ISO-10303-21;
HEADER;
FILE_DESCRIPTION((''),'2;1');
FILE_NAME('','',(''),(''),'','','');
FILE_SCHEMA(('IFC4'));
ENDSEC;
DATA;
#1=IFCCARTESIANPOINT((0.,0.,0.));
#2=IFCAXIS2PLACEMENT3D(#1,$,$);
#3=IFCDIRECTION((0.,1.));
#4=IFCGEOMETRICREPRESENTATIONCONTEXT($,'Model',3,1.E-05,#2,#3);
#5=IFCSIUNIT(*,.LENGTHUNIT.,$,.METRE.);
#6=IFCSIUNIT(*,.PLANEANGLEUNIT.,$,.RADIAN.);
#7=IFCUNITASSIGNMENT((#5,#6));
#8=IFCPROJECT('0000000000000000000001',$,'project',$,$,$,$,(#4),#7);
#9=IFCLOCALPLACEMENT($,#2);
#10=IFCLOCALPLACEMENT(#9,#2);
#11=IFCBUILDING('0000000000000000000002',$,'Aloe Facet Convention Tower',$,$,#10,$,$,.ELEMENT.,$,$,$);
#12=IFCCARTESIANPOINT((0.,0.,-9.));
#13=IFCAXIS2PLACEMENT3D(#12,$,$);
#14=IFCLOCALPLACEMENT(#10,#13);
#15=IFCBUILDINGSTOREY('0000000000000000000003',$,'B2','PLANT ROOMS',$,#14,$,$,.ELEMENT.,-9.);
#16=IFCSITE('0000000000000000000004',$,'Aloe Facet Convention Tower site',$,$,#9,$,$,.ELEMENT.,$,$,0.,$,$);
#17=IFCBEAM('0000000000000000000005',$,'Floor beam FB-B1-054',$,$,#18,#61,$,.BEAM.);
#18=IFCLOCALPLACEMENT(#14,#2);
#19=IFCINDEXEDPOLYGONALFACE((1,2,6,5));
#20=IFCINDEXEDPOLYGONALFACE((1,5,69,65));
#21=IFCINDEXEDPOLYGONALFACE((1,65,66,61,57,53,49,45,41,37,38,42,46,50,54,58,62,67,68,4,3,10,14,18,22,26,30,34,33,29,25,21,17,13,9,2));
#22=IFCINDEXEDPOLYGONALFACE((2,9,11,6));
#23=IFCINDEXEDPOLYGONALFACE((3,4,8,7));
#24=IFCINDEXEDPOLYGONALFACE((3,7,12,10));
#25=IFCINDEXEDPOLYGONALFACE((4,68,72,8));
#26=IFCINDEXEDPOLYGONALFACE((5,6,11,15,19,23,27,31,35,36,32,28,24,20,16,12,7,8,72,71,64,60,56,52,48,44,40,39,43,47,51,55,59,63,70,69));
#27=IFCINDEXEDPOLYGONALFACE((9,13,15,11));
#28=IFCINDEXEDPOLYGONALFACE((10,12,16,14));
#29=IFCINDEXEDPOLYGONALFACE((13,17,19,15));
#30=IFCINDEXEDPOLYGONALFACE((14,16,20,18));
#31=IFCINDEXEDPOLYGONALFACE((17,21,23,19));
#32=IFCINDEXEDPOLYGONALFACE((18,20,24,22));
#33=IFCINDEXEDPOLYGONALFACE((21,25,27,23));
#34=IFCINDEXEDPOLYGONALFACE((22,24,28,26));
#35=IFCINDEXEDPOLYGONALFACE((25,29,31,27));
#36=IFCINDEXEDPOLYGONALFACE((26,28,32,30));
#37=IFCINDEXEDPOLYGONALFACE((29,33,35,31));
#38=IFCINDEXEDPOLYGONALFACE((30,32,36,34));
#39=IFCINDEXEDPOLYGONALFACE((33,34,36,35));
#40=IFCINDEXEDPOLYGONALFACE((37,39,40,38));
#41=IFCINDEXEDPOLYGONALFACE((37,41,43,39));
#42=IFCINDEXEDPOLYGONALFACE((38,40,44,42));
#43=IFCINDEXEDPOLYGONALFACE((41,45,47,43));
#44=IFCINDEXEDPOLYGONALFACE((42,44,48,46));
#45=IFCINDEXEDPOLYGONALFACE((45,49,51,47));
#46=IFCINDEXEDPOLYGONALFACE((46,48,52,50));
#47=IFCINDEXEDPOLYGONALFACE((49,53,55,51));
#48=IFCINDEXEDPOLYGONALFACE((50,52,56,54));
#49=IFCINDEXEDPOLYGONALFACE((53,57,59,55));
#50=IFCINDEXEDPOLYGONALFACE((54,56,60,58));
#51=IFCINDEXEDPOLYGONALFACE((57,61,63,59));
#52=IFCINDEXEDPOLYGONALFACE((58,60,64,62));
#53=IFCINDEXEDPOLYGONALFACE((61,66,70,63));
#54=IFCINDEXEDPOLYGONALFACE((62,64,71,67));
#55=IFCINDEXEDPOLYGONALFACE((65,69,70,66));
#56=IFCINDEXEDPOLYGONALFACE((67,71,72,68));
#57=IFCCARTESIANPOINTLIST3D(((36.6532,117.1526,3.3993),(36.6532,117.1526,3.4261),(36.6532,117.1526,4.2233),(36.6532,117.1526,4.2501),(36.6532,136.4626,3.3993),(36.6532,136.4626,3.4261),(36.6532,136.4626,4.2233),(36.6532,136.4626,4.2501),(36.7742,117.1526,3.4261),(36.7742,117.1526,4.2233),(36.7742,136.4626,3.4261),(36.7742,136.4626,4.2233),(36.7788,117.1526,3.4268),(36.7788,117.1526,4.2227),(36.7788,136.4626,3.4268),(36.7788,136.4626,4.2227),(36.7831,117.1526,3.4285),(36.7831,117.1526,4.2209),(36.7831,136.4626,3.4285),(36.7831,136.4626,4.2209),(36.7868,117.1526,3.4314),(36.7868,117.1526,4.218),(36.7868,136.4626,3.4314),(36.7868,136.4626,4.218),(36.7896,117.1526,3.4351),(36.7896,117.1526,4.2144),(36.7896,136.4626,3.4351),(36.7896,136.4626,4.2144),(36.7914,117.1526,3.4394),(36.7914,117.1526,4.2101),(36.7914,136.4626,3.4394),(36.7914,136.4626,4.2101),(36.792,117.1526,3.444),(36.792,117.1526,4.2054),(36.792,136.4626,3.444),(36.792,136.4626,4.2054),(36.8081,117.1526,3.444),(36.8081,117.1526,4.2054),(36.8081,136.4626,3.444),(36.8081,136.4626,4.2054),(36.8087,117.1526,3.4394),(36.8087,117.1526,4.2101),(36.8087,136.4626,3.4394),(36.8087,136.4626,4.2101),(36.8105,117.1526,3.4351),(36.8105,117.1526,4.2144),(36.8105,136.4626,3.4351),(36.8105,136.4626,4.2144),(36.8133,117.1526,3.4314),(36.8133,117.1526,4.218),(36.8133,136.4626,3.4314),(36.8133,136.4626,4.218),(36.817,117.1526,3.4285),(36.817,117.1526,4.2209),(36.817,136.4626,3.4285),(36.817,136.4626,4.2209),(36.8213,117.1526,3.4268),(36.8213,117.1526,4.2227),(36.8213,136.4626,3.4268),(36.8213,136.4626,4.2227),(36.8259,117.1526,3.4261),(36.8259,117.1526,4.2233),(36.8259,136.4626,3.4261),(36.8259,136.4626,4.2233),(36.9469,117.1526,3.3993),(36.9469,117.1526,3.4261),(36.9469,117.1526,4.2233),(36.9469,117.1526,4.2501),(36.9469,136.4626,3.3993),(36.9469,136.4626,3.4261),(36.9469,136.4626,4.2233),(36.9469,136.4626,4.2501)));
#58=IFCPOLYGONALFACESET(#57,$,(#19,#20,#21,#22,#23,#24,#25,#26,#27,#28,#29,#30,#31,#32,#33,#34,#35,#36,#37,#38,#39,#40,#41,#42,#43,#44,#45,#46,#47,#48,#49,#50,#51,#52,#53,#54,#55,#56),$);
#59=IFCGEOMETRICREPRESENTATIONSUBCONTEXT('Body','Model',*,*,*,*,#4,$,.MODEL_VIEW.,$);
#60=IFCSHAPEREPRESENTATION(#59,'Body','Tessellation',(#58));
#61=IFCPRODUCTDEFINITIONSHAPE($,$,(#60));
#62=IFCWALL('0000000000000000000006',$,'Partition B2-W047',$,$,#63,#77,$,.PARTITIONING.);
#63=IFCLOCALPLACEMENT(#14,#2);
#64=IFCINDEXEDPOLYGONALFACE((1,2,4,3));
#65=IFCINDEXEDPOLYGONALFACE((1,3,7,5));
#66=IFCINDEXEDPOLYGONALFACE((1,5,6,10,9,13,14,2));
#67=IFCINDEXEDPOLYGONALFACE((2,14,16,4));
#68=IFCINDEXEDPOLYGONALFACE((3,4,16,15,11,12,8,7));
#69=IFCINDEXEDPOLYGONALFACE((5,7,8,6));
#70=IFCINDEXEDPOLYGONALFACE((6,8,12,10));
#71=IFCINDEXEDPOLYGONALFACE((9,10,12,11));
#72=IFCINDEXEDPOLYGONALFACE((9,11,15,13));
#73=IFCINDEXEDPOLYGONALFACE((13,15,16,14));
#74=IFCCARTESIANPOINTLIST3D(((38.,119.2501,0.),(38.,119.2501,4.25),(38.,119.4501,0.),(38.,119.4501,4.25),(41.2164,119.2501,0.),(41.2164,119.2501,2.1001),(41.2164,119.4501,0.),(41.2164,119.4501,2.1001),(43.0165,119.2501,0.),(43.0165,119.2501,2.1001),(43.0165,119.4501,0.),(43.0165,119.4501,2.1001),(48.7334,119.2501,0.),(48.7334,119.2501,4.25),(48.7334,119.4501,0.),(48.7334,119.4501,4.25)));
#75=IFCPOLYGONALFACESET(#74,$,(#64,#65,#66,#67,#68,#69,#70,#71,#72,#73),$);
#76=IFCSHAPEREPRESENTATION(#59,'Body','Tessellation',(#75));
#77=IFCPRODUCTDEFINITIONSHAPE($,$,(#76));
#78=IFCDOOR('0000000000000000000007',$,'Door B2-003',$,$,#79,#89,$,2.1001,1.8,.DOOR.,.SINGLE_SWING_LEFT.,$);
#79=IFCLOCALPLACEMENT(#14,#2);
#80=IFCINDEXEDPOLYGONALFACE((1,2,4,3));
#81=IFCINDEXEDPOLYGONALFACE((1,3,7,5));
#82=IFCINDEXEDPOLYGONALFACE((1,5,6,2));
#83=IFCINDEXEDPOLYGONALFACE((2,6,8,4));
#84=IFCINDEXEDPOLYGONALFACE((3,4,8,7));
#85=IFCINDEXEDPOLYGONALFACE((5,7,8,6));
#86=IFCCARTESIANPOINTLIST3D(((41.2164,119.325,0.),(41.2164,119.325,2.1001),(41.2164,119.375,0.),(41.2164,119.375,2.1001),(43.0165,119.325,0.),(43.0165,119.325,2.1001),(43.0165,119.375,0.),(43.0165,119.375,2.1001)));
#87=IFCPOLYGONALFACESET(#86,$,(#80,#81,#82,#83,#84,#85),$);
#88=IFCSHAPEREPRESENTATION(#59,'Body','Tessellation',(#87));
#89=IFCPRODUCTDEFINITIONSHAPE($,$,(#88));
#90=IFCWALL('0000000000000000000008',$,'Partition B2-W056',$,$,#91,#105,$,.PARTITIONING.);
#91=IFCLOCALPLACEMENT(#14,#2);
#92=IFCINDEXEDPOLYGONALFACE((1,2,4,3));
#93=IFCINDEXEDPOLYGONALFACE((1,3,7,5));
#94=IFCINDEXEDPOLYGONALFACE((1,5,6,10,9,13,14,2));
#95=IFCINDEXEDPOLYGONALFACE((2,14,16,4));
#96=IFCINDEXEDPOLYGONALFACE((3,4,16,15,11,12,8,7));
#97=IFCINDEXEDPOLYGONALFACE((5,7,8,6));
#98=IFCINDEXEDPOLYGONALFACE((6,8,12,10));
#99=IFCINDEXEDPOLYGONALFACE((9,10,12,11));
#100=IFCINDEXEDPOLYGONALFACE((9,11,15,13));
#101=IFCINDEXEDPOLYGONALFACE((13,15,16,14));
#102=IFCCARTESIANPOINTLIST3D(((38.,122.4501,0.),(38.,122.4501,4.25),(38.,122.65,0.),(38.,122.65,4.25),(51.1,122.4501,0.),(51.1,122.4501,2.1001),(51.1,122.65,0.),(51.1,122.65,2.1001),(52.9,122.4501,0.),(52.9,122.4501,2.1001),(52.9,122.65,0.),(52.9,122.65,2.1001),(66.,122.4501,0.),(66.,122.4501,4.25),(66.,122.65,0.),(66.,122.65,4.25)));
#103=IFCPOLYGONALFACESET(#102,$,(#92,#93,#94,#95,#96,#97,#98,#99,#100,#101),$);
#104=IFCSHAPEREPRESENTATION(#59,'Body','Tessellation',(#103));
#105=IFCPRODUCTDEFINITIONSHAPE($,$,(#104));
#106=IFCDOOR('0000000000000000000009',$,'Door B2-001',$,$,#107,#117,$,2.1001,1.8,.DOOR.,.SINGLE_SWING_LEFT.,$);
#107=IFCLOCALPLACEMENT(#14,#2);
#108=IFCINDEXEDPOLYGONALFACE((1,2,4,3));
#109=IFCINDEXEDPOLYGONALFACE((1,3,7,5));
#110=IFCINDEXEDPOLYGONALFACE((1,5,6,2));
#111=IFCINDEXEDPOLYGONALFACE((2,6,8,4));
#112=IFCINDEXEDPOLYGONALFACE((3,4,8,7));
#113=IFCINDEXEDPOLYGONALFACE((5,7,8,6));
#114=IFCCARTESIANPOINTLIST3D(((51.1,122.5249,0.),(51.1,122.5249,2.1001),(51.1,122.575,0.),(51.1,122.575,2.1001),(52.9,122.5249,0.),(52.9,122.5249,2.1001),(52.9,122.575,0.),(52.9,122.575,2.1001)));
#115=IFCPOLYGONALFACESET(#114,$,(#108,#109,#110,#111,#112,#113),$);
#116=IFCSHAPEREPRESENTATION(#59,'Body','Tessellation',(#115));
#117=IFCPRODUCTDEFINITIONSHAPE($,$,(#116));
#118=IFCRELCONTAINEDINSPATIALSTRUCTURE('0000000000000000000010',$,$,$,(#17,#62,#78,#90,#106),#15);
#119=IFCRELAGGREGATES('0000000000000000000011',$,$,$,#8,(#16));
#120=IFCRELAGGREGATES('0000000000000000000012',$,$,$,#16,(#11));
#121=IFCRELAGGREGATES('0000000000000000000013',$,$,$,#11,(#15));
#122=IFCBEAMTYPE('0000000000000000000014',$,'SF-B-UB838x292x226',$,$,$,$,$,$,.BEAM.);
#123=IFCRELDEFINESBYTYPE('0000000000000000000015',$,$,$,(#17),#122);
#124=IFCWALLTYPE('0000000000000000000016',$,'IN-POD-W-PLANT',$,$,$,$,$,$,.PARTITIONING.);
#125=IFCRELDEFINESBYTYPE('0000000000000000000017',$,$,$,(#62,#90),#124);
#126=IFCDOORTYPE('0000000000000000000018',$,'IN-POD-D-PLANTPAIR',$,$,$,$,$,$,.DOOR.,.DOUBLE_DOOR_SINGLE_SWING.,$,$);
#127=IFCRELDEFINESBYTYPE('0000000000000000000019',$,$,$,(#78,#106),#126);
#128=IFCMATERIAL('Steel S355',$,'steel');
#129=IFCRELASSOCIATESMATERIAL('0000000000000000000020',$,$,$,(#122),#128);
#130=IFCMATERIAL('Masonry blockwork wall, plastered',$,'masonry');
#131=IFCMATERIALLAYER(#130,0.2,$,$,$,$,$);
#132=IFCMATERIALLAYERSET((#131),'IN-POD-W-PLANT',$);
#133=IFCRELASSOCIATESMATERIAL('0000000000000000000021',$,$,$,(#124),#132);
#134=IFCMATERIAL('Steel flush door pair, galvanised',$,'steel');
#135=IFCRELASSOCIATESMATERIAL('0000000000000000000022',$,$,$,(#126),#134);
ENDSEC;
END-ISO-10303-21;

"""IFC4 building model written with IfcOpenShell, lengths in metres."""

from ifc_helpers import new_model, si_unit, direction, frame, frame_2d, origin, origin_2d, place, context, subcontext, project, spatial, rectangle, i_section, extrude, material, layer, layer_set, material_profile, profile_set, type_object, element, fill, save


model = new_model("IFC4")

# Units and contexts
model_context = context("Model", 3, precision=1e-05, world=origin(), true_north=direction((0.0, 1.0)))
body_context = subcontext(model_context, "Body", "Model", "MODEL_VIEW")
ifc_project = project(units=[si_unit("LENGTHUNIT", "METRE"), si_unit("PLANEANGLEUNIT", "RADIAN")], contexts=[model_context])

# Site, building, storey
site_placement = place(None, origin())
site = spatial("IfcSite", under=ifc_project, at=site_placement, Name="Aloe Facet Convention Tower site", CompositionType="ELEMENT", RefElevation=0.0)
building_placement = place(site_placement, origin())
building = spatial("IfcBuilding", under=site, at=building_placement, Name="Aloe Facet Convention Tower", CompositionType="ELEMENT")
storey_placement = place(building_placement, frame((0.0, 0.0, -9.0)))
storey = spatial("IfcBuildingStorey", under=building, at=storey_placement, Name="B2", Description="PLANT ROOMS", CompositionType="ELEMENT", Elevation=-9.0)

# Beam
ifc_material_1 = material(Name="Steel S355", Category="steel")
ifc_material_profile_1 = material_profile(ifc_material_1, i_section(OverallWidth=0.2937, OverallDepth=0.8508, WebThickness=0.0161, FlangeThickness=0.0269, FilletRadius=0.0178, at=origin_2d()), Name="UB 838x292x226")
ifc_profile_set_1 = profile_set([ifc_material_profile_1], Name="Steel S355")
beam_type_1 = type_object("IfcBeamType", Name="SF-B-UB838x292x226", PredefinedType="BEAM", material=ifc_profile_set_1)
beam_1_placement = place(storey_placement, frame((36.8, 117.1526, 3.8247), z_axis=(0.0, 1.0, 0.0), x_axis=(-1.0, 0.0, 0.0)))
element("IfcBeam", 1, at=beam_1_placement, inside=storey, type_object=beam_type_1, Name="Floor beam FB-B1-054", PredefinedType="BEAM", context=body_context, shape_type="SweptSolid", body=[
    extrude(i_section(OverallWidth=0.2937, OverallDepth=0.8508, WebThickness=0.0161, FlangeThickness=0.0269, FilletRadius=0.0178, at=origin_2d()), origin(), (0.0, 0.0, 1.0), 19.3101),
])

# Walls, openings, doors
ifc_material_2 = material(Name="Masonry blockwork wall, plastered", Category="masonry")
ifc_layer = layer(ifc_material_2, 0.2)
ifc_layer_set = layer_set([ifc_layer], Name="IN-POD-W-PLANT")
wall_type = type_object("IfcWallType", Name="IN-POD-W-PLANT", PredefinedType="PARTITIONING", material=ifc_layer_set)
wall_1_placement = place(storey_placement, frame((38.0, 119.3501, 0.0), z_axis=(0.0, 0.0, 1.0), x_axis=(1.0, 0.0, 0.0)))
wall_1 = element("IfcWall", 2, at=wall_1_placement, inside=storey, type_object=wall_type, Name="Partition B2-W047", PredefinedType="PARTITIONING", context=body_context, shape_type="SweptSolid", body=[
    extrude(rectangle(XDim=10.7334, YDim=0.2, at=frame_2d((5.3667, 0.0))), origin(), (0.0, 0.0, 1.0), 4.25),
])
opening_1_placement = place(wall_1_placement, frame((3.2166, 0.0, 0.0)))
opening_1 = element("IfcOpeningElement", 3, at=opening_1_placement, cuts=wall_1, PredefinedType="OPENING", context=body_context, shape_type="SweptSolid", body=[
    extrude(rectangle(XDim=1.8, YDim=2.1001, at=frame_2d((0.8999, 1.05))), frame((0.0, 0.1099, 0.0), z_axis=(0.0, -1.0, 0.0), x_axis=(1.0, 0.0, 0.0)), (0.0, 0.0, 1.0), 0.22),
])
ifc_material_3 = material(Name="Steel flush door pair, galvanised", Category="steel")
door_type = type_object("IfcDoorType", Name="IN-POD-D-PLANTPAIR", OperationType="DOUBLE_DOOR_SINGLE_SWING", PredefinedType="DOOR", material=ifc_material_3)
door_1_placement = place(opening_1_placement, origin())
door_1 = element("IfcDoor", 4, at=door_1_placement, inside=storey, type_object=door_type, Name="Door B2-003", OperationType="SINGLE_SWING_LEFT", OverallHeight=2.1001, OverallWidth=1.8, PredefinedType="DOOR", context=body_context, shape_type="SweptSolid", body=[
    extrude(rectangle(XDim=1.8, YDim=2.1001, at=frame_2d((0.8999, 1.05))), frame((0.0, 0.0249, 0.0), z_axis=(0.0, -1.0, 0.0), x_axis=(1.0, 0.0, 0.0)), (0.0, 0.0, 1.0), 0.05),
])
fill(opening_1, door_1)
wall_2_placement = place(storey_placement, frame((38.0, 122.55, 0.0), z_axis=(0.0, 0.0, 1.0), x_axis=(1.0, 0.0, 0.0)))
wall_2 = element("IfcWall", 5, at=wall_2_placement, inside=storey, type_object=wall_type, Name="Partition B2-W056", PredefinedType="PARTITIONING", context=body_context, shape_type="SweptSolid", body=[
    extrude(rectangle(XDim=28.0, YDim=0.2, at=frame_2d((14.0, 0.0))), origin(), (0.0, 0.0, 1.0), 4.25),
])
opening_2_placement = place(wall_2_placement, frame((13.1001, 0.0, 0.0)))
opening_2 = element("IfcOpeningElement", 6, at=opening_2_placement, cuts=wall_2, PredefinedType="OPENING", context=body_context, shape_type="SweptSolid", body=[
    extrude(rectangle(XDim=1.8, YDim=2.1001, at=frame_2d((0.8999, 1.05))), frame((0.0, 0.1099, 0.0), z_axis=(0.0, -1.0, 0.0), x_axis=(1.0, 0.0, 0.0)), (0.0, 0.0, 1.0), 0.22),
])
door_2_placement = place(opening_2_placement, origin())
door_2 = element("IfcDoor", 7, at=door_2_placement, inside=storey, type_object=door_type, Name="Door B2-001", OperationType="SINGLE_SWING_LEFT", OverallHeight=2.1001, OverallWidth=1.8, PredefinedType="DOOR", context=body_context, shape_type="SweptSolid", body=[
    extrude(rectangle(XDim=1.8, YDim=2.1001, at=frame_2d((0.8999, 1.05))), frame((0.0, 0.0249, 0.0), z_axis=(0.0, -1.0, 0.0), x_axis=(1.0, 0.0, 0.0)), (0.0, 0.0, 1.0), 0.05),
])
fill(opening_2, door_2)

save(model, "model.ifc")
